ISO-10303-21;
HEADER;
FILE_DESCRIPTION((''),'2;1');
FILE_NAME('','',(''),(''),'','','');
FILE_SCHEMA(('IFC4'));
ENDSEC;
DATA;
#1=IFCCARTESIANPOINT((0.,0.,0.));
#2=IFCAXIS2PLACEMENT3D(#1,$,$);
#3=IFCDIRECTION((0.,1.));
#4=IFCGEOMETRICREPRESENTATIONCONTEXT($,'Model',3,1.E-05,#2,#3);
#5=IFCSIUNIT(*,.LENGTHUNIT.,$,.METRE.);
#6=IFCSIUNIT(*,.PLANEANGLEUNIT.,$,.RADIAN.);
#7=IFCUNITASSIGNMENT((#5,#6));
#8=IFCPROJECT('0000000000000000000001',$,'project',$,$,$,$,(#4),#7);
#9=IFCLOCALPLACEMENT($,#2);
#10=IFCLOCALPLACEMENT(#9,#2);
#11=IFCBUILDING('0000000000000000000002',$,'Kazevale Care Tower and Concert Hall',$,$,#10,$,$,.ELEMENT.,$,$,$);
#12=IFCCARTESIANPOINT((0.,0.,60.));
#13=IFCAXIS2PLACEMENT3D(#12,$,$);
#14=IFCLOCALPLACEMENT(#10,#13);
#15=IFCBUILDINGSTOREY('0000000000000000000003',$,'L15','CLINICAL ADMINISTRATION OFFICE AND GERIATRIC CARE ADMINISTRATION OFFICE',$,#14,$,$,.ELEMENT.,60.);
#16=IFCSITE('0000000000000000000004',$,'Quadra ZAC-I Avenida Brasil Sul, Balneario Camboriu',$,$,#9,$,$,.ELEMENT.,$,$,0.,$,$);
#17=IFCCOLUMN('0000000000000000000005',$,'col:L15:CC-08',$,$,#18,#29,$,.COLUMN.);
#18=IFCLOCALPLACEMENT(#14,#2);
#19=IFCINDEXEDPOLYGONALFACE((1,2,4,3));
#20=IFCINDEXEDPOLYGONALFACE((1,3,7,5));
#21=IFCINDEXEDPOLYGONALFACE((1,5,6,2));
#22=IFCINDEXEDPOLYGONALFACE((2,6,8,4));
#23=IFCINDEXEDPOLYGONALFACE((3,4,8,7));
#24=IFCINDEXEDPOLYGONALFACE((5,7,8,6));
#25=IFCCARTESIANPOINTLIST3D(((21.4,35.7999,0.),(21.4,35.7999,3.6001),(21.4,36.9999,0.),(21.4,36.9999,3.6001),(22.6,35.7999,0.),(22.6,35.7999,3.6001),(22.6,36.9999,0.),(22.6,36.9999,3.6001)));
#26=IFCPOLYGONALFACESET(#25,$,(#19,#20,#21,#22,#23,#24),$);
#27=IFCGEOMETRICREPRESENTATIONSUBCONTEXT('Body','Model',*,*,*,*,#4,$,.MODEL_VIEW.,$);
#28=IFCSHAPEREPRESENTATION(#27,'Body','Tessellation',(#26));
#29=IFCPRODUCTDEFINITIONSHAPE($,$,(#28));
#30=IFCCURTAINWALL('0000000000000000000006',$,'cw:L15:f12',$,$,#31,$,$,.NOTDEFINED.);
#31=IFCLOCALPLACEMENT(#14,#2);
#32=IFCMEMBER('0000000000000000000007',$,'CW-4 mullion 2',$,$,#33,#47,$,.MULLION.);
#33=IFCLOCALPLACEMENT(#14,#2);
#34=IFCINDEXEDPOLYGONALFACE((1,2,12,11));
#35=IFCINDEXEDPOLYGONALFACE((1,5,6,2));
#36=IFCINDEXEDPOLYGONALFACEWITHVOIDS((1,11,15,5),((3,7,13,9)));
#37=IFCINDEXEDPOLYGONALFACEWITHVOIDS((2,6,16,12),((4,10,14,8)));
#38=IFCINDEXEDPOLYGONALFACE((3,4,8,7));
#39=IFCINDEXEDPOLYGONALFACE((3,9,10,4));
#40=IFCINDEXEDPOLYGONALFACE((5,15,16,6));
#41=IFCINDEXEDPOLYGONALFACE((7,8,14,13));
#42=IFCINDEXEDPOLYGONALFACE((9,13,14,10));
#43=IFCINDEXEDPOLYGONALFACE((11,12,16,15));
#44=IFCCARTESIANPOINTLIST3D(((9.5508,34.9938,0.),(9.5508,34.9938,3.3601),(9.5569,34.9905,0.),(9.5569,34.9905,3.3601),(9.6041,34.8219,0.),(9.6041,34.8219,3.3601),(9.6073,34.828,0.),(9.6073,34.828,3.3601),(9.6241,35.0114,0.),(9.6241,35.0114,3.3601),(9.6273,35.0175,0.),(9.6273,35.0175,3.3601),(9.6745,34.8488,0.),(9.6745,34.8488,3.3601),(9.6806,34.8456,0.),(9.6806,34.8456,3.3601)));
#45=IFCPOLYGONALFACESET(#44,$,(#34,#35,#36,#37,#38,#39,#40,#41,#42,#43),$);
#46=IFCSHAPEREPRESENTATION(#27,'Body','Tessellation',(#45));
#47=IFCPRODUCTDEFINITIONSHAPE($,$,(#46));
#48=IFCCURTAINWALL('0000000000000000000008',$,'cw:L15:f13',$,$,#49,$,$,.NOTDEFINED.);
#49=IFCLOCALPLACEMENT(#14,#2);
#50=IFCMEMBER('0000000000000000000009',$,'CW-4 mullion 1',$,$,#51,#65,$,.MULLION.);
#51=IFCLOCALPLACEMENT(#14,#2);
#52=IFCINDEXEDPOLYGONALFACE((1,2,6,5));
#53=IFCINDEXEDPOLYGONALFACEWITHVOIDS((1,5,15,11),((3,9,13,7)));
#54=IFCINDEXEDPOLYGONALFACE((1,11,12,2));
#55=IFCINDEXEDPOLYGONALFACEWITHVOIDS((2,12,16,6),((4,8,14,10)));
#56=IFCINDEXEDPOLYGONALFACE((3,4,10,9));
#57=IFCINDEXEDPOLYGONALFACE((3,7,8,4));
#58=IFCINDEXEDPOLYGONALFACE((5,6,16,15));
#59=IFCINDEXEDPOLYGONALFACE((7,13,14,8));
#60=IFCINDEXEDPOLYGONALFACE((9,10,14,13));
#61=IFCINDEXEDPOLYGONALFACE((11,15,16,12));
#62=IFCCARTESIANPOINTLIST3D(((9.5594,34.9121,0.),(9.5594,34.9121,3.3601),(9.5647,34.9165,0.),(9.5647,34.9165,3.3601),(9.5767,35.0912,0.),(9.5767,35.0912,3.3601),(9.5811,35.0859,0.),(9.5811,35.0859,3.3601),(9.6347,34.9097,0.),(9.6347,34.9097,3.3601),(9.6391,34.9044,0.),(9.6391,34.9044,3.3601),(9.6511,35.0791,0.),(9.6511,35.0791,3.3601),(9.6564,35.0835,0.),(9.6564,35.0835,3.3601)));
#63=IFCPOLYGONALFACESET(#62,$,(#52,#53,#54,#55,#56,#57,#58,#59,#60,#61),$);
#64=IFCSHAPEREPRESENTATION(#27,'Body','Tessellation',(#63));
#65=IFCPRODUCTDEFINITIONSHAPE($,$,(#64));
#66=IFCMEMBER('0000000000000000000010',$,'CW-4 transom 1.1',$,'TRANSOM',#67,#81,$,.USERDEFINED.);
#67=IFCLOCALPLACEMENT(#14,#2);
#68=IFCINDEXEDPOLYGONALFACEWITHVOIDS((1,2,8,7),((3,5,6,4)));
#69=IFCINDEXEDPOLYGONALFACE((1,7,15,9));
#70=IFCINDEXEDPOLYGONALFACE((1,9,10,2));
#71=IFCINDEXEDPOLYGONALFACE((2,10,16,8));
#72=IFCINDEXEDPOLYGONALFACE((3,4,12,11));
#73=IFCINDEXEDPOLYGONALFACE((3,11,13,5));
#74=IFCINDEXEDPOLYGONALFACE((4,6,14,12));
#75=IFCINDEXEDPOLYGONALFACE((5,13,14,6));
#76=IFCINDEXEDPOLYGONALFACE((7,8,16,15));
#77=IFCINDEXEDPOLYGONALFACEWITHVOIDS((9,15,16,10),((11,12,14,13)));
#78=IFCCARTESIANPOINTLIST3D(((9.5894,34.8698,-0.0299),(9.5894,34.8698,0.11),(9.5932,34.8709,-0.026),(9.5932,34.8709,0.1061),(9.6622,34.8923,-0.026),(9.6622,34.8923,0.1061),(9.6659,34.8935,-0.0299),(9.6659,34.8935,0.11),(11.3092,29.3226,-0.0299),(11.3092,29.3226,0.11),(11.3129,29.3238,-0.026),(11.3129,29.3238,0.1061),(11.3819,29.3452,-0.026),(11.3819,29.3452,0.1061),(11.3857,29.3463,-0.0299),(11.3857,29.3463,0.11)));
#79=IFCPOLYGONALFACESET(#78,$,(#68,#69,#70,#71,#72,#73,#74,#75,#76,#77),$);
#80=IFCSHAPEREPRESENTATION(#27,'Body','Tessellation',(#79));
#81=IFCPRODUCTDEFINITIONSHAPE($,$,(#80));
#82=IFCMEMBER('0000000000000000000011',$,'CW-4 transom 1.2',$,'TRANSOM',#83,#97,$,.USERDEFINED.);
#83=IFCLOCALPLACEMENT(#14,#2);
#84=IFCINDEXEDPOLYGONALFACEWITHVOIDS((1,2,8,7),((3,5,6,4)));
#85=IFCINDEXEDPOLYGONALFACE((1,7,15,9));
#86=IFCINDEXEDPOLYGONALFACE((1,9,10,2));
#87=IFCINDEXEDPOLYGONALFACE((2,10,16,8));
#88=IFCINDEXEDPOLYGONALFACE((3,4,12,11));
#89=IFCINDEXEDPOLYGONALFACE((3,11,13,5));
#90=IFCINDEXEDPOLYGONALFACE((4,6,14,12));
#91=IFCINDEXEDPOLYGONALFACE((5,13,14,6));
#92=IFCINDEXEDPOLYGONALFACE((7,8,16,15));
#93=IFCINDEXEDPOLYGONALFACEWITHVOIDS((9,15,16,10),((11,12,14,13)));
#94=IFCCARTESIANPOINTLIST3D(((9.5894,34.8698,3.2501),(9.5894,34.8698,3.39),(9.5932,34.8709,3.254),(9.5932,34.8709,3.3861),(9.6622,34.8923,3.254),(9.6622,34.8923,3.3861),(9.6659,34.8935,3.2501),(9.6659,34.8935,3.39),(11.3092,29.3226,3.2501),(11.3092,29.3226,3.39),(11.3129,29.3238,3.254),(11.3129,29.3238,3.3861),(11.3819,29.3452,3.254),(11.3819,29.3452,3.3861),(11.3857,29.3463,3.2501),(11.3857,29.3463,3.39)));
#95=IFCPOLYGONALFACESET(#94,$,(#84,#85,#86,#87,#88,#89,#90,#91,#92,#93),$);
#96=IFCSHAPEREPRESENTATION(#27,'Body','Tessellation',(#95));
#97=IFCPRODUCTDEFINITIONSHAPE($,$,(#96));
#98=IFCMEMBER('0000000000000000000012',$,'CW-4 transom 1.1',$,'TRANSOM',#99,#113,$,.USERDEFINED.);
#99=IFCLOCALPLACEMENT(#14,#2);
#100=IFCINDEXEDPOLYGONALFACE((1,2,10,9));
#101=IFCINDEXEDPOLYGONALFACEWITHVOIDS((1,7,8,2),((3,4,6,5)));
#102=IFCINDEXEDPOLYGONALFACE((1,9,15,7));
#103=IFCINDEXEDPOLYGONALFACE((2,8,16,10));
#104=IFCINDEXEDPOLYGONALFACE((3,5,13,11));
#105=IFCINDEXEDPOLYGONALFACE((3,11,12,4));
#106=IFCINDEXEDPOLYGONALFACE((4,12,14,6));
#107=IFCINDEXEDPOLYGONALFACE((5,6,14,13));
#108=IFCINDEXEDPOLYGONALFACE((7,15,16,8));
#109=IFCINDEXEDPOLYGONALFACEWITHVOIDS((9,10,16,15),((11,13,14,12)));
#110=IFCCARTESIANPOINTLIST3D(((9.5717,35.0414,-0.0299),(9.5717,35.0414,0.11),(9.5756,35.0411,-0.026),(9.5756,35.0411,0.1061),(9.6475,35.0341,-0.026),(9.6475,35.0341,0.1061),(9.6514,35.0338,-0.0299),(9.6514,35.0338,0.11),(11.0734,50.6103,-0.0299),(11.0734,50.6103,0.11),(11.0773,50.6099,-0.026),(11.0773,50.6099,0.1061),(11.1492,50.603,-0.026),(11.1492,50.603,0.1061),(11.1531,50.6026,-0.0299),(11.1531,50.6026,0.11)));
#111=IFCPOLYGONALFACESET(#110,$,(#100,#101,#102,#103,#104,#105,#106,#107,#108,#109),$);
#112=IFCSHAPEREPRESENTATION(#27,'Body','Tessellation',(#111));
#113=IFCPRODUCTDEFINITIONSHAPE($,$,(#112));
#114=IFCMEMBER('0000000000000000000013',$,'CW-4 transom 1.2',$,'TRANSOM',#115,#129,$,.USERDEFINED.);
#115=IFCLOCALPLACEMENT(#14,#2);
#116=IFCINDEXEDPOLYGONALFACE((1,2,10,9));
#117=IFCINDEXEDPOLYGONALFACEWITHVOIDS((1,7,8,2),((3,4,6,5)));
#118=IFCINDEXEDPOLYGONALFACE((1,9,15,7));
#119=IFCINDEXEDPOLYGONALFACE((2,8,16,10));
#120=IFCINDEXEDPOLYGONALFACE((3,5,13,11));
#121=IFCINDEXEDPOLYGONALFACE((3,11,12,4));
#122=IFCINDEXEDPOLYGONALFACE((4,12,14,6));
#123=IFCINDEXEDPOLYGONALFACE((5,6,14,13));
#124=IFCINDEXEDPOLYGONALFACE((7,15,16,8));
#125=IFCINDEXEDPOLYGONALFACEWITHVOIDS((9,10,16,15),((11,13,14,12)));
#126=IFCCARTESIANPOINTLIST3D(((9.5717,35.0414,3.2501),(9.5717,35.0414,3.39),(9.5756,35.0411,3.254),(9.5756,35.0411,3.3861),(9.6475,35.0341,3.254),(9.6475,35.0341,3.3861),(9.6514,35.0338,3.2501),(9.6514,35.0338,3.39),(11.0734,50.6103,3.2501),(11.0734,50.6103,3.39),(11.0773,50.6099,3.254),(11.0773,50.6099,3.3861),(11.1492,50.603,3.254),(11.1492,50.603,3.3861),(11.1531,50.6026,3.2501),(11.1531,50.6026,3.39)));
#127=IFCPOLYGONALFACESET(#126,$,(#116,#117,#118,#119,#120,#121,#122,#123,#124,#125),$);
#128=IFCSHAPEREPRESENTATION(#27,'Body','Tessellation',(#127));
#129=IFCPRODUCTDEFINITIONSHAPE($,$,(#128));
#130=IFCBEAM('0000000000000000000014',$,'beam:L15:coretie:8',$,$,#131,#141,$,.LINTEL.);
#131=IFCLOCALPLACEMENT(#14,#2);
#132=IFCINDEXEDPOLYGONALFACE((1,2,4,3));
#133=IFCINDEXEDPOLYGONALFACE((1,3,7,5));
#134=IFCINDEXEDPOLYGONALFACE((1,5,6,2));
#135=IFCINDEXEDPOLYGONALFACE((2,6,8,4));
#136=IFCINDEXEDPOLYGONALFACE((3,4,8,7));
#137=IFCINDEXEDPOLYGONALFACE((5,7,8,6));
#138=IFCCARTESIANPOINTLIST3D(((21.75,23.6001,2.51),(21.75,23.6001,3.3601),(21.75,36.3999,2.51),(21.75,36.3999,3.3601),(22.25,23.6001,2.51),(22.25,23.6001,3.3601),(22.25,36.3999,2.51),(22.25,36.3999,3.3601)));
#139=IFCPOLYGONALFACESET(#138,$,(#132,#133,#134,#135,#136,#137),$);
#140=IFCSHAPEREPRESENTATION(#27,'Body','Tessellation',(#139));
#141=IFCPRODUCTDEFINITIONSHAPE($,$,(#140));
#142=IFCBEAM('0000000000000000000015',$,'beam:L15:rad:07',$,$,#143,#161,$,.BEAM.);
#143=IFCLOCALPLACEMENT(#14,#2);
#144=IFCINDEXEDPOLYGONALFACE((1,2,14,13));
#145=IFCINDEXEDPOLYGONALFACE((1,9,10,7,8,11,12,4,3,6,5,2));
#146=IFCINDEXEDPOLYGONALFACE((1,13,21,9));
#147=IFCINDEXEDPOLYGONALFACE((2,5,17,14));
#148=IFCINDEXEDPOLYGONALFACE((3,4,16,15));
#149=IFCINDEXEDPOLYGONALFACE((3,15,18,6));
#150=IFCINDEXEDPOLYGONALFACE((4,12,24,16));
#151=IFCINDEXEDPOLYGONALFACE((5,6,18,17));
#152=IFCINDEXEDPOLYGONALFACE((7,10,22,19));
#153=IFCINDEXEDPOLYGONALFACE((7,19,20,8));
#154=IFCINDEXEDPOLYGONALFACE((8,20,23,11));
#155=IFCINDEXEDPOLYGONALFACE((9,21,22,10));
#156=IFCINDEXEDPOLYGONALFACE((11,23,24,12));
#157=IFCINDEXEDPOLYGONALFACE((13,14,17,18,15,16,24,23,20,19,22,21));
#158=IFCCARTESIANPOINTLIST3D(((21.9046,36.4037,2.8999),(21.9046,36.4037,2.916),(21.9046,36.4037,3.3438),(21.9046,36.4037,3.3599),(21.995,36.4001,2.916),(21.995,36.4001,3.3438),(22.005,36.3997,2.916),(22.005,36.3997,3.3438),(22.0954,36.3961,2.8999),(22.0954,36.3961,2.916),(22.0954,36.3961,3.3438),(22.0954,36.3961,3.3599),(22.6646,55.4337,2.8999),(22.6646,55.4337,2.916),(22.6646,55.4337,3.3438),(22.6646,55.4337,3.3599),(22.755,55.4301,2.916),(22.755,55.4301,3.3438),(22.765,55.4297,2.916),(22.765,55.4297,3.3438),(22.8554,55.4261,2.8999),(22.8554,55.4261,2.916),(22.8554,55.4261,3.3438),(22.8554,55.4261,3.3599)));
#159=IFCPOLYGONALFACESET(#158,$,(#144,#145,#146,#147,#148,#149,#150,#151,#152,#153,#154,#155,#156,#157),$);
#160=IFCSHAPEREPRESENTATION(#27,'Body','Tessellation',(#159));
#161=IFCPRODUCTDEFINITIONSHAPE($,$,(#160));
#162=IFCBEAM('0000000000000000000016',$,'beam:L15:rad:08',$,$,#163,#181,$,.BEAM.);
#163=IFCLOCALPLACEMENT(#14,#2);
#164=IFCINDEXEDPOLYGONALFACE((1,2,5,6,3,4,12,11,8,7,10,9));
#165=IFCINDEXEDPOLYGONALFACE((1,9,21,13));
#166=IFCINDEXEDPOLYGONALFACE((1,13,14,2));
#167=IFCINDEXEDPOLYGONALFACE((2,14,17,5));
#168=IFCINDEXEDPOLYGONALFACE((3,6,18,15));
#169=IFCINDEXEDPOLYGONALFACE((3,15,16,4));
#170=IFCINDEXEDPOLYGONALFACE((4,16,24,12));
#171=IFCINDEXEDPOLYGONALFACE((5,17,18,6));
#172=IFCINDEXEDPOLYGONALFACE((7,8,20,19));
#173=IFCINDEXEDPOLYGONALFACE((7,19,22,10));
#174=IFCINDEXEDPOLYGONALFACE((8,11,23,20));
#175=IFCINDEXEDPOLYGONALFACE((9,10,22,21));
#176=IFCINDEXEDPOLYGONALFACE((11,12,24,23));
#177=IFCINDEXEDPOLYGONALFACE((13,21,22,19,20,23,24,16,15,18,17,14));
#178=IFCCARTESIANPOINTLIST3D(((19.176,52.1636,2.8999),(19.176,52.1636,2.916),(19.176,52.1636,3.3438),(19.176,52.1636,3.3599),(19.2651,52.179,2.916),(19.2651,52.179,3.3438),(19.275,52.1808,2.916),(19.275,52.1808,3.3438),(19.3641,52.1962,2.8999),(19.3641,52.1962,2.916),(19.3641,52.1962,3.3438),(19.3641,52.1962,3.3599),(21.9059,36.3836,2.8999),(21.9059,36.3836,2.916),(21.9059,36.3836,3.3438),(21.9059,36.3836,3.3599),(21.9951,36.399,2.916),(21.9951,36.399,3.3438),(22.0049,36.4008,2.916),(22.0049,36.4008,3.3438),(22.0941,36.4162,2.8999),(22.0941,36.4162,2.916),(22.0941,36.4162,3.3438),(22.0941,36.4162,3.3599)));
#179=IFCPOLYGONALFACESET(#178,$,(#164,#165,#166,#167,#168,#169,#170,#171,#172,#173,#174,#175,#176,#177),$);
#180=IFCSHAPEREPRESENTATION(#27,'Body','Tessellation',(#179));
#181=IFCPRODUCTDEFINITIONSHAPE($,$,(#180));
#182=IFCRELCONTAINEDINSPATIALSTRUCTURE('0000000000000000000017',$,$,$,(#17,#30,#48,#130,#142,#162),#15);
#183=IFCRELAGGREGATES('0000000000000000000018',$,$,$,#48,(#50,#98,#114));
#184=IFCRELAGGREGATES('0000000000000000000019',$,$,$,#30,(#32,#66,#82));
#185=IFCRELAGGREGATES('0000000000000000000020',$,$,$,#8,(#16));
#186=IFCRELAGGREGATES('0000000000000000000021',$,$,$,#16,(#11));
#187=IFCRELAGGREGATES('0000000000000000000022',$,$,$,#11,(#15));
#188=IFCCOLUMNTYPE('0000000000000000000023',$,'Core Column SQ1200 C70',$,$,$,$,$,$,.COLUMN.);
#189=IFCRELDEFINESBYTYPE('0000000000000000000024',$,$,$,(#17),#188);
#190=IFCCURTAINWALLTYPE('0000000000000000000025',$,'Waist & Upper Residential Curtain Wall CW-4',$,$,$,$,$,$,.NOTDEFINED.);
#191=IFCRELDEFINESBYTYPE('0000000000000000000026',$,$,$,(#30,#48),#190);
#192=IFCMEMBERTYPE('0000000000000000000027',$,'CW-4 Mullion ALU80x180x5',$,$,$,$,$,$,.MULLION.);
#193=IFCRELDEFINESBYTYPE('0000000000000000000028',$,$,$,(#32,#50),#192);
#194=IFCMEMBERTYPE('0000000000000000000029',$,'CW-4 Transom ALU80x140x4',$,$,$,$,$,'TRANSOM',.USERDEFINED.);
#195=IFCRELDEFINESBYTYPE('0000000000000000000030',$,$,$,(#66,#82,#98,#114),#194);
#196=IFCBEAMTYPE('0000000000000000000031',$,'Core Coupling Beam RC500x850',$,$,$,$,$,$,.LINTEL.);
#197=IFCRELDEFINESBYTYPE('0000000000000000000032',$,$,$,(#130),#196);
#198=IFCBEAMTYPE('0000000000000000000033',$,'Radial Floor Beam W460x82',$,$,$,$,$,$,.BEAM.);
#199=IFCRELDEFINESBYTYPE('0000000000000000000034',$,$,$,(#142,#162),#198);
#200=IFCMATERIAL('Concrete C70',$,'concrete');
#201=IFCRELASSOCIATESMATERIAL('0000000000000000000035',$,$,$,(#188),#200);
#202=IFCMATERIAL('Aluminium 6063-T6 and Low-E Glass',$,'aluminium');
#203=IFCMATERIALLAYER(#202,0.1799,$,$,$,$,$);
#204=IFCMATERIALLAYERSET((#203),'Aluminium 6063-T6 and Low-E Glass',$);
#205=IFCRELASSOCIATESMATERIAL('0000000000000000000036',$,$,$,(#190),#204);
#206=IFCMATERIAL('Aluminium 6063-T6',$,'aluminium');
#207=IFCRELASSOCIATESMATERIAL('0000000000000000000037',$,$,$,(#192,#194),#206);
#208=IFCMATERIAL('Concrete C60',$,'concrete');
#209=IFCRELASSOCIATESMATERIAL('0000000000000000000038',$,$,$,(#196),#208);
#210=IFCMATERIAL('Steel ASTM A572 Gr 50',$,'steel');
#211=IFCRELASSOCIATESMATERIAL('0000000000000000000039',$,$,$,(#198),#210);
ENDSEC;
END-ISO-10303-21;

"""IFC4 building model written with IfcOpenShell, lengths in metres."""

from ifc_helpers import new_model, si_unit, direction, frame, origin, origin_2d, place, context, subcontext, project, spatial, rectangle, hollow_rectangle, i_section, extrude, material, layer, layer_set, material_profile, profile_set, type_object, element, aggregate, save


model = new_model("IFC4")

# Units and contexts
model_context = context("Model", 3, precision=1e-05, world=origin(), true_north=direction((0.0, 1.0)))
body_context = subcontext(model_context, "Body", "Model", "MODEL_VIEW")
ifc_project = project(units=[si_unit("LENGTHUNIT", "METRE"), si_unit("PLANEANGLEUNIT", "RADIAN")], contexts=[model_context])

# Site, building, storey
site_placement = place(None, origin())
site = spatial("IfcSite", under=ifc_project, at=site_placement, Name="Quadra ZAC-I Avenida Brasil Sul, Balneario Camboriu", CompositionType="ELEMENT", RefElevation=0.0)
building_placement = place(site_placement, origin())
building = spatial("IfcBuilding", under=site, at=building_placement, Name="Kazevale Care Tower and Concert Hall", CompositionType="ELEMENT")
storey_placement = place(building_placement, frame((0.0, 0.0, 60.0)))
storey = spatial("IfcBuildingStorey", under=building, at=storey_placement, Name="L15", Description="CLINICAL ADMINISTRATION OFFICE AND GERIATRIC CARE ADMINISTRATION OFFICE", CompositionType="ELEMENT", Elevation=60.0)

# Column
ifc_material_1 = material(Name="Concrete C70", Category="concrete")
ifc_material_profile_1 = material_profile(ifc_material_1, rectangle(XDim=1.2, YDim=1.2, at=origin_2d()), Name="RC-SQ1200")
ifc_profile_set_1 = profile_set([ifc_material_profile_1], Name="Concrete C70")
column_type = type_object("IfcColumnType", Name="Core Column SQ1200 C70", PredefinedType="COLUMN", material=ifc_profile_set_1)
column_placement = place(storey_placement, frame((22.0, 36.3999, 0.0), z_axis=(0.0, 0.0, 1.0), x_axis=(1.0, 0.0, 0.0)))
element("IfcColumn", 1, at=column_placement, inside=storey, type_object=column_type, Name="col:L15:CC-08", PredefinedType="COLUMN", context=body_context, shape_type="SweptSolid", body=[
    extrude(rectangle(XDim=1.2, YDim=1.2, at=origin_2d()), origin(), (0.0, 0.0, 1.0), 3.6001),
])

# Curtain walls, members
ifc_material_2 = material(Name="Aluminium 6063-T6 and Low-E Glass", Category="aluminium")
ifc_layer_1 = layer(ifc_material_2, 0.1799)
ifc_layer_set_1 = layer_set([ifc_layer_1], Name="Aluminium 6063-T6 and Low-E Glass")
curtain_wall_type = type_object("IfcCurtainWallType", Name="Waist & Upper Residential Curtain Wall CW-4", PredefinedType="NOTDEFINED", material=ifc_layer_set_1)
curtain_wall_1_placement = place(storey_placement, origin())
curtain_wall_1 = element("IfcCurtainWall", 2, at=curtain_wall_1_placement, inside=storey, type_object=curtain_wall_type, Name="cw:L15:f12", PredefinedType="NOTDEFINED")
ifc_material_3 = material(Name="Aluminium 6063-T6", Category="aluminium")
ifc_material_profile_2 = material_profile(ifc_material_3, hollow_rectangle(XDim=0.0801, YDim=0.1799, WallThickness=0.0049, at=origin_2d()), Name="ALU80x180x5")
ifc_profile_set_2 = profile_set([ifc_material_profile_2], Name="Aluminium 6063-T6")
member_type_1 = type_object("IfcMemberType", Name="CW-4 Mullion ALU80x180x5", PredefinedType="MULLION", material=ifc_profile_set_2)
member_1_placement = place(storey_placement, frame((9.6157, 34.9197, 0.0), z_axis=(0.0, 0.0, 1.0), x_axis=(-0.955157, -0.296099, 0.0)))
member_1 = element("IfcMember", 3, at=member_1_placement, type_object=member_type_1, Name="CW-4 mullion 2", PredefinedType="MULLION", context=body_context, shape_type="SweptSolid", body=[
    extrude(hollow_rectangle(XDim=0.0801, YDim=0.1799, WallThickness=0.0049, at=origin_2d()), origin(), (0.0, 0.0, 1.0), 3.3601),
])
curtain_wall_2_placement = place(storey_placement, origin())
curtain_wall_2 = element("IfcCurtainWall", 4, at=curtain_wall_2_placement, inside=storey, type_object=curtain_wall_type, Name="cw:L15:f13", PredefinedType="NOTDEFINED")
member_2_placement = place(storey_placement, frame((9.6079, 34.9978, 0.0), z_axis=(0.0, 0.0, 1.0), x_axis=(-0.995381, 0.096007, 0.0)))
member_2 = element("IfcMember", 5, at=member_2_placement, type_object=member_type_1, Name="CW-4 mullion 1", PredefinedType="MULLION", context=body_context, shape_type="SweptSolid", body=[
    extrude(hollow_rectangle(XDim=0.0801, YDim=0.1799, WallThickness=0.0049, at=origin_2d()), origin(), (0.0, 0.0, 1.0), 3.3601),
])

# Members
ifc_material_profile_3 = material_profile(ifc_material_3, hollow_rectangle(XDim=0.0801, YDim=0.1399, WallThickness=0.0039, at=origin_2d()), Name="ALU80x140x4")
ifc_profile_set_3 = profile_set([ifc_material_profile_3], Name="Aluminium 6063-T6")
member_type_2 = type_object("IfcMemberType", Name="CW-4 Transom ALU80x140x4", ElementType="TRANSOM", PredefinedType="USERDEFINED", material=ifc_profile_set_3)
member_3_placement = place(storey_placement, frame((11.3474, 29.3345, 0.04), z_axis=(-0.296118, 0.955152, 0.0), x_axis=(-0.955152, -0.296118, 0.0)))
member_3 = element("IfcMember", 6, at=member_3_placement, type_object=member_type_2, Name="CW-4 transom 1.1", ObjectType="TRANSOM", PredefinedType="USERDEFINED", context=body_context, shape_type="SweptSolid", body=[
    extrude(hollow_rectangle(XDim=0.0801, YDim=0.1399, WallThickness=0.0039, at=origin_2d()), origin(), (0.0, 0.0, 1.0), 5.8076),
])
member_4_placement = place(storey_placement, frame((11.3474, 29.3345, 3.3201), z_axis=(-0.296118, 0.955152, 0.0), x_axis=(-0.955152, -0.296118, 0.0)))
member_4 = element("IfcMember", 7, at=member_4_placement, type_object=member_type_2, Name="CW-4 transom 1.2", ObjectType="TRANSOM", PredefinedType="USERDEFINED", context=body_context, shape_type="SweptSolid", body=[
    extrude(hollow_rectangle(XDim=0.0801, YDim=0.1399, WallThickness=0.0039, at=origin_2d()), origin(), (0.0, 0.0, 1.0), 5.8076),
])
member_5_placement = place(storey_placement, frame((9.6116, 35.0376, 0.04), z_axis=(0.09601, 0.99538, 0.0), x_axis=(-0.99538, 0.09601, 0.0)))
member_5 = element("IfcMember", 8, at=member_5_placement, type_object=member_type_2, Name="CW-4 transom 1.1", ObjectType="TRANSOM", PredefinedType="USERDEFINED", context=body_context, shape_type="SweptSolid", body=[
    extrude(hollow_rectangle(XDim=0.0801, YDim=0.1399, WallThickness=0.0039, at=origin_2d()), origin(), (0.0, 0.0, 1.0), 15.6411),
])
member_6_placement = place(storey_placement, frame((9.6116, 35.0376, 3.3201), z_axis=(0.09601, 0.99538, 0.0), x_axis=(-0.99538, 0.09601, 0.0)))
member_6 = element("IfcMember", 9, at=member_6_placement, type_object=member_type_2, Name="CW-4 transom 1.2", ObjectType="TRANSOM", PredefinedType="USERDEFINED", context=body_context, shape_type="SweptSolid", body=[
    extrude(hollow_rectangle(XDim=0.0801, YDim=0.1399, WallThickness=0.0039, at=origin_2d()), origin(), (0.0, 0.0, 1.0), 15.6411),
])
aggregate(curtain_wall_2, [member_2, member_5, member_6])

# Beams
ifc_material_4 = material(Name="Concrete C60", Category="concrete")
ifc_material_profile_4 = material_profile(ifc_material_4, rectangle(XDim=0.5, YDim=0.8501, at=origin_2d()), Name="RC-B500x850")
ifc_profile_set_4 = profile_set([ifc_material_profile_4], Name="Concrete C60")
beam_type_1 = type_object("IfcBeamType", Name="Core Coupling Beam RC500x850", PredefinedType="LINTEL", material=ifc_profile_set_4)
beam_1_placement = place(storey_placement, frame((22.0, 36.3999, 2.9351), z_axis=(0.0, -1.0, 0.0), x_axis=(1.0, 0.0, 0.0)))
element("IfcBeam", 10, at=beam_1_placement, inside=storey, type_object=beam_type_1, Name="beam:L15:coretie:8", PredefinedType="LINTEL", context=body_context, shape_type="SweptSolid", body=[
    extrude(rectangle(XDim=0.5, YDim=0.8501, at=origin_2d()), origin(), (0.0, 0.0, 1.0), 12.7998),
])
ifc_material_5 = material(Name="Steel ASTM A572 Gr 50", Category="steel")
ifc_material_profile_5 = material_profile(ifc_material_5, i_section(OverallWidth=0.1909, OverallDepth=0.46, WebThickness=0.01, FlangeThickness=0.0161, at=origin_2d()), Name="W460x82")
ifc_profile_set_5 = profile_set([ifc_material_profile_5], Name="Steel ASTM A572 Gr 50")
beam_type_2 = type_object("IfcBeamType", Name="Radial Floor Beam W460x82", PredefinedType="BEAM", material=ifc_profile_set_5)
beam_2_placement = place(storey_placement, frame((22.0, 36.3999, 3.1299), z_axis=(0.039906, 0.999203, 0.0), x_axis=(-0.999203, 0.039906, 0.0)))
element("IfcBeam", 11, at=beam_2_placement, inside=storey, type_object=beam_type_2, Name="beam:L15:rad:07", PredefinedType="BEAM", context=body_context, shape_type="SweptSolid", body=[
    extrude(i_section(OverallWidth=0.1909, OverallDepth=0.46, WebThickness=0.01, FlangeThickness=0.0161, at=origin_2d()), origin(), (0.0, 0.0, 1.0), 19.0452),
])
beam_3_placement = place(storey_placement, frame((22.0, 36.3999, 3.1299), z_axis=(-0.17047, 0.985363, 0.0), x_axis=(-0.985363, -0.17047, 0.0)))
element("IfcBeam", 12, at=beam_3_placement, inside=storey, type_object=beam_type_2, Name="beam:L15:rad:08", PredefinedType="BEAM", context=body_context, shape_type="SweptSolid", body=[
    extrude(i_section(OverallWidth=0.1909, OverallDepth=0.46, WebThickness=0.01, FlangeThickness=0.0161, at=origin_2d()), origin(), (0.0, 0.0, 1.0), 16.0144),
])

aggregate(curtain_wall_1, [member_1, member_3, member_4])

save(model, "model.ifc")
